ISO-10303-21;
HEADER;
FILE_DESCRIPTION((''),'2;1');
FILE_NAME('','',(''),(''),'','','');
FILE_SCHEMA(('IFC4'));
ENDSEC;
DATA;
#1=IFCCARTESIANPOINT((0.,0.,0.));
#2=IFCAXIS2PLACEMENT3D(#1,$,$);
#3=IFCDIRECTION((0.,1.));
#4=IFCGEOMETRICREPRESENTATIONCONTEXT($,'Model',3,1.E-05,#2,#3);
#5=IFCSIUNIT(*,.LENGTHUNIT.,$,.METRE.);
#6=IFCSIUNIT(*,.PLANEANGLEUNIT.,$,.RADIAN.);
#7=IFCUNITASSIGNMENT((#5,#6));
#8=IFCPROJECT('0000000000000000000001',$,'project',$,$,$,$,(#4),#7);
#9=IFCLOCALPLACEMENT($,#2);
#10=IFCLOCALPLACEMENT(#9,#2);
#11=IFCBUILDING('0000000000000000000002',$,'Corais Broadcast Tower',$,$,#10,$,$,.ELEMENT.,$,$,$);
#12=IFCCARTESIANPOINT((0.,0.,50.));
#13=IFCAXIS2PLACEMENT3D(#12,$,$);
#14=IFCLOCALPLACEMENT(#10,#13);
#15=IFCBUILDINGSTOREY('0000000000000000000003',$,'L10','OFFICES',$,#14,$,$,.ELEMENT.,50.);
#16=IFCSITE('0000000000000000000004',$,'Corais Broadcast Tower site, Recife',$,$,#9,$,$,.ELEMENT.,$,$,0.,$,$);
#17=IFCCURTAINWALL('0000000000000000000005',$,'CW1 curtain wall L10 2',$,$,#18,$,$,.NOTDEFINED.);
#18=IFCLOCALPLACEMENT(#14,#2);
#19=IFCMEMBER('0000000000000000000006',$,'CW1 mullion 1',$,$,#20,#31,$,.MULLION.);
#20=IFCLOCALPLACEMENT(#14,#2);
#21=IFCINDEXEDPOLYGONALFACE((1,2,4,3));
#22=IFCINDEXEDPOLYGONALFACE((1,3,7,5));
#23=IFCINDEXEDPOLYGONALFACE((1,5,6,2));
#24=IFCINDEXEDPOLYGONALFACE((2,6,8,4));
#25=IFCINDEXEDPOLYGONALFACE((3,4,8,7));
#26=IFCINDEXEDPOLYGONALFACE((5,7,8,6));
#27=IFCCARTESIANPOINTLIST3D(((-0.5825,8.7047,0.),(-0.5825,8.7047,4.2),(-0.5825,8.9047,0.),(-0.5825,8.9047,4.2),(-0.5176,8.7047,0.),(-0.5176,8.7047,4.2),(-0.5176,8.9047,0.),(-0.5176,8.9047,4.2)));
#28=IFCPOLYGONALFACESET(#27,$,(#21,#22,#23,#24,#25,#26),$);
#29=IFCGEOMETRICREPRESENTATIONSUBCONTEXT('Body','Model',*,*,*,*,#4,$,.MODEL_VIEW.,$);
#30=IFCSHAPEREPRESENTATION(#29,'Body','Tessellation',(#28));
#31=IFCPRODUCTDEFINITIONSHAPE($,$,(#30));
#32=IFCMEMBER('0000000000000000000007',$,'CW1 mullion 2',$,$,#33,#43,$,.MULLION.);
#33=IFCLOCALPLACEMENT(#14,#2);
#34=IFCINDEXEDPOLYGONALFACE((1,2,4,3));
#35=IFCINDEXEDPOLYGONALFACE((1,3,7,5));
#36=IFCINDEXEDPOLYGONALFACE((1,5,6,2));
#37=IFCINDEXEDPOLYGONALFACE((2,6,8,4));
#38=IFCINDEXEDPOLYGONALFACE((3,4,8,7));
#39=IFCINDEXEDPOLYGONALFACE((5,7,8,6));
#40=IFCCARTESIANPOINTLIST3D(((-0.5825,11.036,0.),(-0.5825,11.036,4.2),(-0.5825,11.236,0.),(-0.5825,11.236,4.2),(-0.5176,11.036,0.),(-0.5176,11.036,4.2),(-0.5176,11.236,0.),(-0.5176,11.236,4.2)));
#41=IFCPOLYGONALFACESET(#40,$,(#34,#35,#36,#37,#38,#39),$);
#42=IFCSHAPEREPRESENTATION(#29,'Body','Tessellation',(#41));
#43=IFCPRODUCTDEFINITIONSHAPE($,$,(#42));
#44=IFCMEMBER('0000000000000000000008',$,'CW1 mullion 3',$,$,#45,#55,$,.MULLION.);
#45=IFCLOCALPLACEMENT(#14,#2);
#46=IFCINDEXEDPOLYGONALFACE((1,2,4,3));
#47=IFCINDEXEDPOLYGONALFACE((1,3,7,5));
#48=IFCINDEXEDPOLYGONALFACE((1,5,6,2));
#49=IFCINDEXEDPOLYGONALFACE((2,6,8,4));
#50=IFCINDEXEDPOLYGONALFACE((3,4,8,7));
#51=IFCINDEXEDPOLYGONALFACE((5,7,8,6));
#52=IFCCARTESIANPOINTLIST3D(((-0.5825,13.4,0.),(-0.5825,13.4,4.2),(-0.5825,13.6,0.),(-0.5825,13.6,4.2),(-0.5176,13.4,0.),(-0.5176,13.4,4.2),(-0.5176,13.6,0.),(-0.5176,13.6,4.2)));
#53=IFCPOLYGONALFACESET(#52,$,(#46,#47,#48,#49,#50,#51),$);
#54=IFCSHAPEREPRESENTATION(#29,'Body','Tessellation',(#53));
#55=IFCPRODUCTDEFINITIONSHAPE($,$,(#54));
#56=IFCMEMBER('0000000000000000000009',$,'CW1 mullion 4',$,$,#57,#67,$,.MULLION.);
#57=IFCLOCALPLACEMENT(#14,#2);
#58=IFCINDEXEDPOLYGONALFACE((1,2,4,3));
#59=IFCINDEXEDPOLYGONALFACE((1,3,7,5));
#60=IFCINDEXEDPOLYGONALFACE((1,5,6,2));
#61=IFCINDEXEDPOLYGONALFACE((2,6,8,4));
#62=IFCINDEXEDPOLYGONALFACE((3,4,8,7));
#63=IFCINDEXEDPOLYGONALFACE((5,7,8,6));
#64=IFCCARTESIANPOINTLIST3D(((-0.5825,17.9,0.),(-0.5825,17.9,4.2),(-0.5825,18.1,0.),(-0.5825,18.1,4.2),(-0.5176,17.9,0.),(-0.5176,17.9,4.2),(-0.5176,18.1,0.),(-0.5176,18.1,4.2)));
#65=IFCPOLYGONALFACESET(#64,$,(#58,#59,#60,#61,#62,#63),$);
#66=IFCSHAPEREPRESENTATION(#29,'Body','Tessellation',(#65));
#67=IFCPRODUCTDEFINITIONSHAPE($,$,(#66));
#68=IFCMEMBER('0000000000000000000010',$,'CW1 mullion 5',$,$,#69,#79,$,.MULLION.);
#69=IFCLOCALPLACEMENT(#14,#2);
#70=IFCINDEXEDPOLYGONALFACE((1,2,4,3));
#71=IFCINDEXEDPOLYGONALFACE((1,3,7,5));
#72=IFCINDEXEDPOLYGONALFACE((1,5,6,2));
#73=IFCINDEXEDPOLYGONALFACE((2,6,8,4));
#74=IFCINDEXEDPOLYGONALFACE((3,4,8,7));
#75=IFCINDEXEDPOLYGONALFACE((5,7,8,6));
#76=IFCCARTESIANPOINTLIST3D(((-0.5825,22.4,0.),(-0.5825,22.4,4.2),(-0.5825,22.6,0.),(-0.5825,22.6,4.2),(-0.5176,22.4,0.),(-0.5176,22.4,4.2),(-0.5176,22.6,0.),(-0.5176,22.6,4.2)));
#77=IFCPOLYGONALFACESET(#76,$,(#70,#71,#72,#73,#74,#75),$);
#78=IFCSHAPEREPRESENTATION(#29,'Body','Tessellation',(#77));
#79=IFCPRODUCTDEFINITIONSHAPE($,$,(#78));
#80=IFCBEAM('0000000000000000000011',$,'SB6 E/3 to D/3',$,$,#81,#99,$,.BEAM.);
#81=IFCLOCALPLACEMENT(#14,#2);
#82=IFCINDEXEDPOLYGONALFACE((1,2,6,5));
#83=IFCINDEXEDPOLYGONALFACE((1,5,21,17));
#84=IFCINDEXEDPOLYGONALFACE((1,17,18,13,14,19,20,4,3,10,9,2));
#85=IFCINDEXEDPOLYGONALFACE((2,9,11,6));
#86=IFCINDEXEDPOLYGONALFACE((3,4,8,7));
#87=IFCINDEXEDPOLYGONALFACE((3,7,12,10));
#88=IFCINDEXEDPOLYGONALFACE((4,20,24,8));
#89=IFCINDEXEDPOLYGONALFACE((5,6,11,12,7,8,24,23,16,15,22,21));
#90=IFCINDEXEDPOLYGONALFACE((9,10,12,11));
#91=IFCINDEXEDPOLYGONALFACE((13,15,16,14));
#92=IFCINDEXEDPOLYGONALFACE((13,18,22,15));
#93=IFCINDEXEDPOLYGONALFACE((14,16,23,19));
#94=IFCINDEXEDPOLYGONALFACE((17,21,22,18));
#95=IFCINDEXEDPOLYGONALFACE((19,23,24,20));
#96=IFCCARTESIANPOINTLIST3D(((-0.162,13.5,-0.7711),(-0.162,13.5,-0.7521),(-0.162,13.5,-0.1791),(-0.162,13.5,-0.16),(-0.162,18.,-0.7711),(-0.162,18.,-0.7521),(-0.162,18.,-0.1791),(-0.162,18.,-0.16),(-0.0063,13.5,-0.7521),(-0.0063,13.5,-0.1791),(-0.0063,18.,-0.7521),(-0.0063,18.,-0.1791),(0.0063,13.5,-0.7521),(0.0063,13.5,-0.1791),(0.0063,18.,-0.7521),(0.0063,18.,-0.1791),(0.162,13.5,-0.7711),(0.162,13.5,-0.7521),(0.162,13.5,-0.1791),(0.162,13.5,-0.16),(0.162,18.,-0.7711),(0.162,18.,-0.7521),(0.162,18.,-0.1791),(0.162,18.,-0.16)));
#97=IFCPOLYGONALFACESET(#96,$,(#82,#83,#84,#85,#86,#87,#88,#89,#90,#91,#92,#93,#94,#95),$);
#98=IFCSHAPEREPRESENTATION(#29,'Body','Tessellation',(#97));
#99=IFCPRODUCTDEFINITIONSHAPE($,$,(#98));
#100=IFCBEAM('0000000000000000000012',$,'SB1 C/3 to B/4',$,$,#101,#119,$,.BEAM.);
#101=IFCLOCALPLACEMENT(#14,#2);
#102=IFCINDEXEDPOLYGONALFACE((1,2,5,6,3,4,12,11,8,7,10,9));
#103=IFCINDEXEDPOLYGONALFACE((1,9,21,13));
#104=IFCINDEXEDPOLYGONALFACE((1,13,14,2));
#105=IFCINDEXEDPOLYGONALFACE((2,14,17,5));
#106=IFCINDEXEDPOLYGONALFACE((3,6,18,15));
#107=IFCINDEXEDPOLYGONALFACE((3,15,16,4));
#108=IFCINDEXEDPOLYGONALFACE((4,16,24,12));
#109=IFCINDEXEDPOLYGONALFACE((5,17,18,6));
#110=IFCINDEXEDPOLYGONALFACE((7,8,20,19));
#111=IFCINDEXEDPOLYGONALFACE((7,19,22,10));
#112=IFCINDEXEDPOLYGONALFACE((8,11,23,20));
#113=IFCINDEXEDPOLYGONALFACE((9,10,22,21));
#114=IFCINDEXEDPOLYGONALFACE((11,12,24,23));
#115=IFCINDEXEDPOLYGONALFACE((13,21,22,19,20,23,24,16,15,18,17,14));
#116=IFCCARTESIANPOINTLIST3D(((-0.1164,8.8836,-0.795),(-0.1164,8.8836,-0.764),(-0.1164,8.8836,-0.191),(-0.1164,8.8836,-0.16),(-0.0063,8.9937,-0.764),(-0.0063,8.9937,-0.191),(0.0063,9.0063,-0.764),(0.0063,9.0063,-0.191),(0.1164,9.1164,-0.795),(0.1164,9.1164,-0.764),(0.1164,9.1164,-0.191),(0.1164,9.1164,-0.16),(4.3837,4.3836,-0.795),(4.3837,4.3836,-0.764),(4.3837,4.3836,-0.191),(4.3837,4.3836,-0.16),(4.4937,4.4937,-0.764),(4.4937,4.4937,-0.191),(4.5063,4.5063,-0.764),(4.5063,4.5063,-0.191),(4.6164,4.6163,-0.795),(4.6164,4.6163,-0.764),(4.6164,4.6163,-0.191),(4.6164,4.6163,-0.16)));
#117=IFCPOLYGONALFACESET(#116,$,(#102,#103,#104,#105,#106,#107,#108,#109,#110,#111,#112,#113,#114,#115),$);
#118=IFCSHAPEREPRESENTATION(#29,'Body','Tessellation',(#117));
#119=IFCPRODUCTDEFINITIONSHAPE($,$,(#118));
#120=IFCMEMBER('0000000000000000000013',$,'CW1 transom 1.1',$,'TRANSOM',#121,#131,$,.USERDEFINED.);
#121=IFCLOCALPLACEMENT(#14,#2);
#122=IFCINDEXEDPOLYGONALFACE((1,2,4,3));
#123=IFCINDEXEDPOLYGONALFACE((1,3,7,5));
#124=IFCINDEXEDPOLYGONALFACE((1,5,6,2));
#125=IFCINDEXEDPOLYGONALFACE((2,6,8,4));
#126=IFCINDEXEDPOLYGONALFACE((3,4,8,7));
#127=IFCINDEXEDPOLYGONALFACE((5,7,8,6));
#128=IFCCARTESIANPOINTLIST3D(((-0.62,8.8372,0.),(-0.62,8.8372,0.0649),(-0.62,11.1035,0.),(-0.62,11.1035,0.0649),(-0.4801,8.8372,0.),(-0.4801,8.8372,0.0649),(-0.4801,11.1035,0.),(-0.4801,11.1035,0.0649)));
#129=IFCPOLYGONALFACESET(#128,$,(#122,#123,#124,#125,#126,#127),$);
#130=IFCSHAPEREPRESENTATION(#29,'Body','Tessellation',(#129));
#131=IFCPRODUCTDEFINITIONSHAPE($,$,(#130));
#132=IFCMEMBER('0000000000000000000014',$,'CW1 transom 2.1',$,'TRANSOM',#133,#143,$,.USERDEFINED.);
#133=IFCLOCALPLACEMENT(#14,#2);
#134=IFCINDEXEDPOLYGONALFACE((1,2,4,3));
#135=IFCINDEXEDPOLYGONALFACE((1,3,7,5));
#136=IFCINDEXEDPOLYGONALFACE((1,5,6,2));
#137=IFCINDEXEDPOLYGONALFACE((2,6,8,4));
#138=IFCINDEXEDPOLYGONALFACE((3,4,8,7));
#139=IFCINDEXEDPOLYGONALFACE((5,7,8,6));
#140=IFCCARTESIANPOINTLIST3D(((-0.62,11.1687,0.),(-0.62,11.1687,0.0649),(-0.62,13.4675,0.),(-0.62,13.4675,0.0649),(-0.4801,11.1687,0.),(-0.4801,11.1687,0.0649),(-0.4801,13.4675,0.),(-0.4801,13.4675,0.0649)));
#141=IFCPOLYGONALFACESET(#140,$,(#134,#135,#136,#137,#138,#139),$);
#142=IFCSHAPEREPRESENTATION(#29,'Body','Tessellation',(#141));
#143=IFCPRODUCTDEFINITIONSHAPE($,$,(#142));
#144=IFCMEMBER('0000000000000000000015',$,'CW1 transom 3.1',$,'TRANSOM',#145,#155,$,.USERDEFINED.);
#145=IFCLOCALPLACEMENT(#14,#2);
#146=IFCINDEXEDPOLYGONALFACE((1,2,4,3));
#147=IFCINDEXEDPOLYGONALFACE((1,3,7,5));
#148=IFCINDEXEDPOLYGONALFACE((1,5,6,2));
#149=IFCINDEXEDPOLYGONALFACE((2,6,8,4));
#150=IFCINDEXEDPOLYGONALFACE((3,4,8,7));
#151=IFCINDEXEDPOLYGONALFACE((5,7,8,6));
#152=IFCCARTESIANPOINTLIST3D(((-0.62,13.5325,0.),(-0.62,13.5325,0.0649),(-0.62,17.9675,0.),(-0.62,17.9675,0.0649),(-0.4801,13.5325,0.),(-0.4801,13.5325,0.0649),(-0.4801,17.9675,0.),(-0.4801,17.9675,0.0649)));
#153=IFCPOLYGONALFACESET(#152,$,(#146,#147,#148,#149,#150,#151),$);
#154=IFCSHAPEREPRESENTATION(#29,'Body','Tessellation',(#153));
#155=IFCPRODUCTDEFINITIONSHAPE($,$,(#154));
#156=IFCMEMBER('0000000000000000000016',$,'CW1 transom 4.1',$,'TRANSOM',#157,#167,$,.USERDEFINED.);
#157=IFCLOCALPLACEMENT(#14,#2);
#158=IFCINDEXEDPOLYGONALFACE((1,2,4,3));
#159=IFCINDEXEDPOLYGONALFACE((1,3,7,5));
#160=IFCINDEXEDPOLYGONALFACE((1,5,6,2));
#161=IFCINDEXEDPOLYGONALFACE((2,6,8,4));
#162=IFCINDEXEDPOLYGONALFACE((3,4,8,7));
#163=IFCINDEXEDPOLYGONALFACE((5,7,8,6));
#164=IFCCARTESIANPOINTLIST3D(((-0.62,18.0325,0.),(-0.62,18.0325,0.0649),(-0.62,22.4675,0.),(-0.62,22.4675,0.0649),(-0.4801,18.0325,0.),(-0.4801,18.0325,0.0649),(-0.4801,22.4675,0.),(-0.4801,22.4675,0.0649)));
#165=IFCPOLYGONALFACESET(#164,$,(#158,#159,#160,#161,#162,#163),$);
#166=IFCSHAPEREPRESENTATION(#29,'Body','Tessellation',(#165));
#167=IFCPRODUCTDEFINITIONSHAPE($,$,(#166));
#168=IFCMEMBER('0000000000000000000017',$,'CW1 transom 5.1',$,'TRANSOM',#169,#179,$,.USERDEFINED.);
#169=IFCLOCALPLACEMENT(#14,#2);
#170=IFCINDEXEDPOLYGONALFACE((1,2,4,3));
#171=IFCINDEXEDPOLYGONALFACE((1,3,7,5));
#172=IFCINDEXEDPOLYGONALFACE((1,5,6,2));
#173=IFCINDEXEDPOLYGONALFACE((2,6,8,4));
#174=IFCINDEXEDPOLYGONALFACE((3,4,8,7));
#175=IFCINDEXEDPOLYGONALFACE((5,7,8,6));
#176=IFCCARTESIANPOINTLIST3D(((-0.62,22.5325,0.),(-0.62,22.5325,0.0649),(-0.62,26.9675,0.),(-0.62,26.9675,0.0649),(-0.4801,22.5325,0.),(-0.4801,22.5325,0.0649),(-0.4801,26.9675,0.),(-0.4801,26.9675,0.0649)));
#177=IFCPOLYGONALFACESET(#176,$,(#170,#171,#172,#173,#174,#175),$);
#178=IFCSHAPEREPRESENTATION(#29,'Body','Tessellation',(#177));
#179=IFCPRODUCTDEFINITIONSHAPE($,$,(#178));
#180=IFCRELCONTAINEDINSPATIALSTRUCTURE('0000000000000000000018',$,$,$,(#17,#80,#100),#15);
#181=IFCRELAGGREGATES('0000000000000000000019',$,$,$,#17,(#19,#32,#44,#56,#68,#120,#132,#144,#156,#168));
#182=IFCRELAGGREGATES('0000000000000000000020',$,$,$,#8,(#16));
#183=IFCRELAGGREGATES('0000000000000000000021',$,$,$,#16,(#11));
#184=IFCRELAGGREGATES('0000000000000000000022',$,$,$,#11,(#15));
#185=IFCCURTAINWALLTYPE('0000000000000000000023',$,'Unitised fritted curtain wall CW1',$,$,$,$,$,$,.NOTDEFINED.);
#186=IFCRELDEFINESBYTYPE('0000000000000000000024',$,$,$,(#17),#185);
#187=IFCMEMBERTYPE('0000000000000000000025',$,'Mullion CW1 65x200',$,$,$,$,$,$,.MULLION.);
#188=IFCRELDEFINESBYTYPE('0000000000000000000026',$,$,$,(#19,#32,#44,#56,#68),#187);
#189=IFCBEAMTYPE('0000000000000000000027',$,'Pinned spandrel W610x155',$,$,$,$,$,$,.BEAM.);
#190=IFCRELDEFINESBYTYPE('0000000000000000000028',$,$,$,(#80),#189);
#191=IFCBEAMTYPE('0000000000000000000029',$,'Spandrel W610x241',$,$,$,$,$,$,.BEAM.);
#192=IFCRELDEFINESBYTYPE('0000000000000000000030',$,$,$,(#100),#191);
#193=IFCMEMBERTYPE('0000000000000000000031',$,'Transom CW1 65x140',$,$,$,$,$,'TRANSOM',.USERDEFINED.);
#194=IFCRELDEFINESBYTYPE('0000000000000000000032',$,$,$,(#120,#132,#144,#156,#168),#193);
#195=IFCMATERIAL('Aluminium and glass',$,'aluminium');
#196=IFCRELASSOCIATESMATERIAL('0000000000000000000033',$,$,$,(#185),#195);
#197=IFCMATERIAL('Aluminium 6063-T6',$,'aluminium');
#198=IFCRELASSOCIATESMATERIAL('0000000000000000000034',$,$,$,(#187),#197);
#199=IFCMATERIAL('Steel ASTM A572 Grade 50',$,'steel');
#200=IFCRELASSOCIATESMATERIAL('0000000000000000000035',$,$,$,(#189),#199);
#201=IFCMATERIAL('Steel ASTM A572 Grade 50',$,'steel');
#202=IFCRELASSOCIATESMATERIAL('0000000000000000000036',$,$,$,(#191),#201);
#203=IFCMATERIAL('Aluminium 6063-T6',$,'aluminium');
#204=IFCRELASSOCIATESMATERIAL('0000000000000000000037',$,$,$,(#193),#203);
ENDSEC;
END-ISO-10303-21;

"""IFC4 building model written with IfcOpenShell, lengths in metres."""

from ifc_helpers import new_model, si_unit, direction, frame, origin, origin_2d, place, context, subcontext, project, spatial, rectangle, i_section, extrude, material, material_profile, profile_set, type_object, element, aggregate, save


model = new_model("IFC4")

# Units and contexts
model_context = context("Model", 3, precision=1e-05, world=origin(), true_north=direction((0.0, 1.0)))
body_context = subcontext(model_context, "Body", "Model", "MODEL_VIEW")
ifc_project = project(units=[si_unit("LENGTHUNIT", "METRE"), si_unit("PLANEANGLEUNIT", "RADIAN")], contexts=[model_context])

# Site, building, storey
site_placement = place(None, origin())
site = spatial("IfcSite", under=ifc_project, at=site_placement, Name="Corais Broadcast Tower site, Recife", CompositionType="ELEMENT", RefElevation=0.0)
building_placement = place(site_placement, origin())
building = spatial("IfcBuilding", under=site, at=building_placement, Name="Corais Broadcast Tower", CompositionType="ELEMENT")
storey_placement = place(building_placement, frame((0.0, 0.0, 50.0)))
storey = spatial("IfcBuildingStorey", under=building, at=storey_placement, Name="L10", Description="OFFICES", CompositionType="ELEMENT", Elevation=50.0)

# Shared definitions
ifc_material_1 = material(Name="Aluminium and glass", Category="aluminium")
curtain_wall_type = type_object("IfcCurtainWallType", Name="Unitised fritted curtain wall CW1", PredefinedType="NOTDEFINED", material=ifc_material_1)
ifc_material_2 = material(Name="Aluminium 6063-T6", Category="aluminium")
ifc_material_profile_1 = material_profile(ifc_material_2, rectangle(XDim=0.0649, YDim=0.2, at=origin_2d()), Name="Mullion CW1 65x200")
ifc_profile_set_1 = profile_set([ifc_material_profile_1], Name="Aluminium 6063-T6")
member_type_1 = type_object("IfcMemberType", Name="Mullion CW1 65x200", PredefinedType="MULLION", material=ifc_profile_set_1)

# Curtain wall, members
curtain_wall_1_placement = place(storey_placement, origin())
curtain_wall_1 = element("IfcCurtainWall", 1, at=curtain_wall_1_placement, inside=storey, type_object=curtain_wall_type, Name="CW1 curtain wall L10 2", PredefinedType="NOTDEFINED")
member_1_placement = place(storey_placement, frame((-0.55, 8.8047, 0.0), z_axis=(0.0, 0.0, 1.0), x_axis=(-1.0, 0.0, 0.0)))
member_1 = element("IfcMember", 2, at=member_1_placement, type_object=member_type_1, Name="CW1 mullion 1", PredefinedType="MULLION", context=body_context, shape_type="SweptSolid", body=[
    extrude(rectangle(XDim=0.0649, YDim=0.2, at=origin_2d()), origin(), (0.0, 0.0, 1.0), 4.2),
])
member_2_placement = place(storey_placement, frame((-0.55, 11.136, 0.0), z_axis=(0.0, 0.0, 1.0), x_axis=(-1.0, 0.0, 0.0)))
member_2 = element("IfcMember", 3, at=member_2_placement, type_object=member_type_1, Name="CW1 mullion 2", PredefinedType="MULLION", context=body_context, shape_type="SweptSolid", body=[
    extrude(rectangle(XDim=0.0649, YDim=0.2, at=origin_2d()), origin(), (0.0, 0.0, 1.0), 4.2),
])
member_3_placement = place(storey_placement, frame((-0.55, 13.5, 0.0), z_axis=(0.0, 0.0, 1.0), x_axis=(-1.0, 0.0, 0.0)))
member_3 = element("IfcMember", 4, at=member_3_placement, type_object=member_type_1, Name="CW1 mullion 3", PredefinedType="MULLION", context=body_context, shape_type="SweptSolid", body=[
    extrude(rectangle(XDim=0.0649, YDim=0.2, at=origin_2d()), origin(), (0.0, 0.0, 1.0), 4.2),
])
member_4_placement = place(storey_placement, frame((-0.55, 18.0, 0.0), z_axis=(0.0, 0.0, 1.0), x_axis=(-1.0, 0.0, 0.0)))
member_4 = element("IfcMember", 5, at=member_4_placement, type_object=member_type_1, Name="CW1 mullion 4", PredefinedType="MULLION", context=body_context, shape_type="SweptSolid", body=[
    extrude(rectangle(XDim=0.0649, YDim=0.2, at=origin_2d()), origin(), (0.0, 0.0, 1.0), 4.2),
])
member_5_placement = place(storey_placement, frame((-0.55, 22.5, 0.0), z_axis=(0.0, 0.0, 1.0), x_axis=(-1.0, 0.0, 0.0)))
member_5 = element("IfcMember", 6, at=member_5_placement, type_object=member_type_1, Name="CW1 mullion 5", PredefinedType="MULLION", context=body_context, shape_type="SweptSolid", body=[
    extrude(rectangle(XDim=0.0649, YDim=0.2, at=origin_2d()), origin(), (0.0, 0.0, 1.0), 4.2),
])

# Beams
ifc_material_3 = material(Name="Steel ASTM A572 Grade 50", Category="steel")
ifc_material_profile_2 = material_profile(ifc_material_3, i_section(OverallWidth=0.324, OverallDepth=0.6111, WebThickness=0.0127, FlangeThickness=0.019, at=origin_2d()), Name="W610x155")
ifc_profile_set_2 = profile_set([ifc_material_profile_2], Name="Steel ASTM A572 Grade 50")
beam_type_1 = type_object("IfcBeamType", Name="Pinned spandrel W610x155", PredefinedType="BEAM", material=ifc_profile_set_2)
beam_1_placement = place(storey_placement, frame((0.0, 18.0, -0.4656), z_axis=(0.0, -1.0, 0.0), x_axis=(1.0, 0.0, 0.0)))
element("IfcBeam", 7, at=beam_1_placement, inside=storey, type_object=beam_type_1, Name="SB6 E/3 to D/3", PredefinedType="BEAM", context=body_context, shape_type="SweptSolid", body=[
    extrude(i_section(OverallWidth=0.324, OverallDepth=0.6111, WebThickness=0.0127, FlangeThickness=0.019, at=origin_2d()), origin(), (0.0, 0.0, 1.0), 4.5),
])
ifc_material_4 = material(Name="Steel ASTM A572 Grade 50", Category="steel")
ifc_material_profile_3 = material_profile(ifc_material_4, i_section(OverallWidth=0.3291, OverallDepth=0.635, WebThickness=0.0178, FlangeThickness=0.031, at=origin_2d()), Name="W610x241")
ifc_profile_set_3 = profile_set([ifc_material_profile_3], Name="Steel ASTM A572 Grade 50")
beam_type_2 = type_object("IfcBeamType", Name="Spandrel W610x241", PredefinedType="BEAM", material=ifc_profile_set_3)
beam_2_placement = place(storey_placement, frame((0.0, 9.0, -0.4775), z_axis=(0.707107, -0.707107, 0.0), x_axis=(0.707107, 0.707107, 0.0)))
element("IfcBeam", 8, at=beam_2_placement, inside=storey, type_object=beam_type_2, Name="SB1 C/3 to B/4", PredefinedType="BEAM", context=body_context, shape_type="SweptSolid", body=[
    extrude(i_section(OverallWidth=0.3291, OverallDepth=0.635, WebThickness=0.0178, FlangeThickness=0.031, at=origin_2d()), origin(), (0.0, 0.0, 1.0), 6.364),
])

# Members
ifc_material_5 = material(Name="Aluminium 6063-T6", Category="aluminium")
ifc_material_profile_4 = material_profile(ifc_material_5, rectangle(XDim=0.1399, YDim=0.0649, at=origin_2d()), Name="Transom CW1 65x140")
ifc_profile_set_4 = profile_set([ifc_material_profile_4], Name="Aluminium 6063-T6")
member_type_2 = type_object("IfcMemberType", Name="Transom CW1 65x140", ElementType="TRANSOM", PredefinedType="USERDEFINED", material=ifc_profile_set_4)
member_6_placement = place(storey_placement, frame((-0.55, 8.8372, 0.0325), z_axis=(0.0, 1.0, 0.0), x_axis=(-1.0, 0.0, 0.0)))
member_6 = element("IfcMember", 9, at=member_6_placement, type_object=member_type_2, Name="CW1 transom 1.1", ObjectType="TRANSOM", PredefinedType="USERDEFINED", context=body_context, shape_type="SweptSolid", body=[
    extrude(rectangle(XDim=0.1399, YDim=0.0649, at=origin_2d()), origin(), (0.0, 0.0, 1.0), 2.2664),
])
member_7_placement = place(storey_placement, frame((-0.55, 11.1687, 0.0325), z_axis=(0.0, 1.0, 0.0), x_axis=(-1.0, 0.0, 0.0)))
member_7 = element("IfcMember", 10, at=member_7_placement, type_object=member_type_2, Name="CW1 transom 2.1", ObjectType="TRANSOM", PredefinedType="USERDEFINED", context=body_context, shape_type="SweptSolid", body=[
    extrude(rectangle(XDim=0.1399, YDim=0.0649, at=origin_2d()), origin(), (0.0, 0.0, 1.0), 2.2988),
])
member_8_placement = place(storey_placement, frame((-0.55, 13.5325, 0.0325), z_axis=(0.0, 1.0, 0.0), x_axis=(-1.0, 0.0, 0.0)))
member_8 = element("IfcMember", 11, at=member_8_placement, type_object=member_type_2, Name="CW1 transom 3.1", ObjectType="TRANSOM", PredefinedType="USERDEFINED", context=body_context, shape_type="SweptSolid", body=[
    extrude(rectangle(XDim=0.1399, YDim=0.0649, at=origin_2d()), origin(), (0.0, 0.0, 1.0), 4.4351),
])
member_9_placement = place(storey_placement, frame((-0.55, 18.0325, 0.0325), z_axis=(0.0, 1.0, 0.0), x_axis=(-1.0, 0.0, 0.0)))
member_9 = element("IfcMember", 12, at=member_9_placement, type_object=member_type_2, Name="CW1 transom 4.1", ObjectType="TRANSOM", PredefinedType="USERDEFINED", context=body_context, shape_type="SweptSolid", body=[
    extrude(rectangle(XDim=0.1399, YDim=0.0649, at=origin_2d()), origin(), (0.0, 0.0, 1.0), 4.4351),
])
member_10_placement = place(storey_placement, frame((-0.55, 22.5325, 0.0325), z_axis=(0.0, 1.0, 0.0), x_axis=(-1.0, 0.0, 0.0)))
member_10 = element("IfcMember", 13, at=member_10_placement, type_object=member_type_2, Name="CW1 transom 5.1", ObjectType="TRANSOM", PredefinedType="USERDEFINED", context=body_context, shape_type="SweptSolid", body=[
    extrude(rectangle(XDim=0.1399, YDim=0.0649, at=origin_2d()), origin(), (0.0, 0.0, 1.0), 4.4351),
])

aggregate(curtain_wall_1, [member_1, member_2, member_3, member_4, member_5, member_6, member_7, member_8, member_9, member_10])

save(model, "model.ifc")
